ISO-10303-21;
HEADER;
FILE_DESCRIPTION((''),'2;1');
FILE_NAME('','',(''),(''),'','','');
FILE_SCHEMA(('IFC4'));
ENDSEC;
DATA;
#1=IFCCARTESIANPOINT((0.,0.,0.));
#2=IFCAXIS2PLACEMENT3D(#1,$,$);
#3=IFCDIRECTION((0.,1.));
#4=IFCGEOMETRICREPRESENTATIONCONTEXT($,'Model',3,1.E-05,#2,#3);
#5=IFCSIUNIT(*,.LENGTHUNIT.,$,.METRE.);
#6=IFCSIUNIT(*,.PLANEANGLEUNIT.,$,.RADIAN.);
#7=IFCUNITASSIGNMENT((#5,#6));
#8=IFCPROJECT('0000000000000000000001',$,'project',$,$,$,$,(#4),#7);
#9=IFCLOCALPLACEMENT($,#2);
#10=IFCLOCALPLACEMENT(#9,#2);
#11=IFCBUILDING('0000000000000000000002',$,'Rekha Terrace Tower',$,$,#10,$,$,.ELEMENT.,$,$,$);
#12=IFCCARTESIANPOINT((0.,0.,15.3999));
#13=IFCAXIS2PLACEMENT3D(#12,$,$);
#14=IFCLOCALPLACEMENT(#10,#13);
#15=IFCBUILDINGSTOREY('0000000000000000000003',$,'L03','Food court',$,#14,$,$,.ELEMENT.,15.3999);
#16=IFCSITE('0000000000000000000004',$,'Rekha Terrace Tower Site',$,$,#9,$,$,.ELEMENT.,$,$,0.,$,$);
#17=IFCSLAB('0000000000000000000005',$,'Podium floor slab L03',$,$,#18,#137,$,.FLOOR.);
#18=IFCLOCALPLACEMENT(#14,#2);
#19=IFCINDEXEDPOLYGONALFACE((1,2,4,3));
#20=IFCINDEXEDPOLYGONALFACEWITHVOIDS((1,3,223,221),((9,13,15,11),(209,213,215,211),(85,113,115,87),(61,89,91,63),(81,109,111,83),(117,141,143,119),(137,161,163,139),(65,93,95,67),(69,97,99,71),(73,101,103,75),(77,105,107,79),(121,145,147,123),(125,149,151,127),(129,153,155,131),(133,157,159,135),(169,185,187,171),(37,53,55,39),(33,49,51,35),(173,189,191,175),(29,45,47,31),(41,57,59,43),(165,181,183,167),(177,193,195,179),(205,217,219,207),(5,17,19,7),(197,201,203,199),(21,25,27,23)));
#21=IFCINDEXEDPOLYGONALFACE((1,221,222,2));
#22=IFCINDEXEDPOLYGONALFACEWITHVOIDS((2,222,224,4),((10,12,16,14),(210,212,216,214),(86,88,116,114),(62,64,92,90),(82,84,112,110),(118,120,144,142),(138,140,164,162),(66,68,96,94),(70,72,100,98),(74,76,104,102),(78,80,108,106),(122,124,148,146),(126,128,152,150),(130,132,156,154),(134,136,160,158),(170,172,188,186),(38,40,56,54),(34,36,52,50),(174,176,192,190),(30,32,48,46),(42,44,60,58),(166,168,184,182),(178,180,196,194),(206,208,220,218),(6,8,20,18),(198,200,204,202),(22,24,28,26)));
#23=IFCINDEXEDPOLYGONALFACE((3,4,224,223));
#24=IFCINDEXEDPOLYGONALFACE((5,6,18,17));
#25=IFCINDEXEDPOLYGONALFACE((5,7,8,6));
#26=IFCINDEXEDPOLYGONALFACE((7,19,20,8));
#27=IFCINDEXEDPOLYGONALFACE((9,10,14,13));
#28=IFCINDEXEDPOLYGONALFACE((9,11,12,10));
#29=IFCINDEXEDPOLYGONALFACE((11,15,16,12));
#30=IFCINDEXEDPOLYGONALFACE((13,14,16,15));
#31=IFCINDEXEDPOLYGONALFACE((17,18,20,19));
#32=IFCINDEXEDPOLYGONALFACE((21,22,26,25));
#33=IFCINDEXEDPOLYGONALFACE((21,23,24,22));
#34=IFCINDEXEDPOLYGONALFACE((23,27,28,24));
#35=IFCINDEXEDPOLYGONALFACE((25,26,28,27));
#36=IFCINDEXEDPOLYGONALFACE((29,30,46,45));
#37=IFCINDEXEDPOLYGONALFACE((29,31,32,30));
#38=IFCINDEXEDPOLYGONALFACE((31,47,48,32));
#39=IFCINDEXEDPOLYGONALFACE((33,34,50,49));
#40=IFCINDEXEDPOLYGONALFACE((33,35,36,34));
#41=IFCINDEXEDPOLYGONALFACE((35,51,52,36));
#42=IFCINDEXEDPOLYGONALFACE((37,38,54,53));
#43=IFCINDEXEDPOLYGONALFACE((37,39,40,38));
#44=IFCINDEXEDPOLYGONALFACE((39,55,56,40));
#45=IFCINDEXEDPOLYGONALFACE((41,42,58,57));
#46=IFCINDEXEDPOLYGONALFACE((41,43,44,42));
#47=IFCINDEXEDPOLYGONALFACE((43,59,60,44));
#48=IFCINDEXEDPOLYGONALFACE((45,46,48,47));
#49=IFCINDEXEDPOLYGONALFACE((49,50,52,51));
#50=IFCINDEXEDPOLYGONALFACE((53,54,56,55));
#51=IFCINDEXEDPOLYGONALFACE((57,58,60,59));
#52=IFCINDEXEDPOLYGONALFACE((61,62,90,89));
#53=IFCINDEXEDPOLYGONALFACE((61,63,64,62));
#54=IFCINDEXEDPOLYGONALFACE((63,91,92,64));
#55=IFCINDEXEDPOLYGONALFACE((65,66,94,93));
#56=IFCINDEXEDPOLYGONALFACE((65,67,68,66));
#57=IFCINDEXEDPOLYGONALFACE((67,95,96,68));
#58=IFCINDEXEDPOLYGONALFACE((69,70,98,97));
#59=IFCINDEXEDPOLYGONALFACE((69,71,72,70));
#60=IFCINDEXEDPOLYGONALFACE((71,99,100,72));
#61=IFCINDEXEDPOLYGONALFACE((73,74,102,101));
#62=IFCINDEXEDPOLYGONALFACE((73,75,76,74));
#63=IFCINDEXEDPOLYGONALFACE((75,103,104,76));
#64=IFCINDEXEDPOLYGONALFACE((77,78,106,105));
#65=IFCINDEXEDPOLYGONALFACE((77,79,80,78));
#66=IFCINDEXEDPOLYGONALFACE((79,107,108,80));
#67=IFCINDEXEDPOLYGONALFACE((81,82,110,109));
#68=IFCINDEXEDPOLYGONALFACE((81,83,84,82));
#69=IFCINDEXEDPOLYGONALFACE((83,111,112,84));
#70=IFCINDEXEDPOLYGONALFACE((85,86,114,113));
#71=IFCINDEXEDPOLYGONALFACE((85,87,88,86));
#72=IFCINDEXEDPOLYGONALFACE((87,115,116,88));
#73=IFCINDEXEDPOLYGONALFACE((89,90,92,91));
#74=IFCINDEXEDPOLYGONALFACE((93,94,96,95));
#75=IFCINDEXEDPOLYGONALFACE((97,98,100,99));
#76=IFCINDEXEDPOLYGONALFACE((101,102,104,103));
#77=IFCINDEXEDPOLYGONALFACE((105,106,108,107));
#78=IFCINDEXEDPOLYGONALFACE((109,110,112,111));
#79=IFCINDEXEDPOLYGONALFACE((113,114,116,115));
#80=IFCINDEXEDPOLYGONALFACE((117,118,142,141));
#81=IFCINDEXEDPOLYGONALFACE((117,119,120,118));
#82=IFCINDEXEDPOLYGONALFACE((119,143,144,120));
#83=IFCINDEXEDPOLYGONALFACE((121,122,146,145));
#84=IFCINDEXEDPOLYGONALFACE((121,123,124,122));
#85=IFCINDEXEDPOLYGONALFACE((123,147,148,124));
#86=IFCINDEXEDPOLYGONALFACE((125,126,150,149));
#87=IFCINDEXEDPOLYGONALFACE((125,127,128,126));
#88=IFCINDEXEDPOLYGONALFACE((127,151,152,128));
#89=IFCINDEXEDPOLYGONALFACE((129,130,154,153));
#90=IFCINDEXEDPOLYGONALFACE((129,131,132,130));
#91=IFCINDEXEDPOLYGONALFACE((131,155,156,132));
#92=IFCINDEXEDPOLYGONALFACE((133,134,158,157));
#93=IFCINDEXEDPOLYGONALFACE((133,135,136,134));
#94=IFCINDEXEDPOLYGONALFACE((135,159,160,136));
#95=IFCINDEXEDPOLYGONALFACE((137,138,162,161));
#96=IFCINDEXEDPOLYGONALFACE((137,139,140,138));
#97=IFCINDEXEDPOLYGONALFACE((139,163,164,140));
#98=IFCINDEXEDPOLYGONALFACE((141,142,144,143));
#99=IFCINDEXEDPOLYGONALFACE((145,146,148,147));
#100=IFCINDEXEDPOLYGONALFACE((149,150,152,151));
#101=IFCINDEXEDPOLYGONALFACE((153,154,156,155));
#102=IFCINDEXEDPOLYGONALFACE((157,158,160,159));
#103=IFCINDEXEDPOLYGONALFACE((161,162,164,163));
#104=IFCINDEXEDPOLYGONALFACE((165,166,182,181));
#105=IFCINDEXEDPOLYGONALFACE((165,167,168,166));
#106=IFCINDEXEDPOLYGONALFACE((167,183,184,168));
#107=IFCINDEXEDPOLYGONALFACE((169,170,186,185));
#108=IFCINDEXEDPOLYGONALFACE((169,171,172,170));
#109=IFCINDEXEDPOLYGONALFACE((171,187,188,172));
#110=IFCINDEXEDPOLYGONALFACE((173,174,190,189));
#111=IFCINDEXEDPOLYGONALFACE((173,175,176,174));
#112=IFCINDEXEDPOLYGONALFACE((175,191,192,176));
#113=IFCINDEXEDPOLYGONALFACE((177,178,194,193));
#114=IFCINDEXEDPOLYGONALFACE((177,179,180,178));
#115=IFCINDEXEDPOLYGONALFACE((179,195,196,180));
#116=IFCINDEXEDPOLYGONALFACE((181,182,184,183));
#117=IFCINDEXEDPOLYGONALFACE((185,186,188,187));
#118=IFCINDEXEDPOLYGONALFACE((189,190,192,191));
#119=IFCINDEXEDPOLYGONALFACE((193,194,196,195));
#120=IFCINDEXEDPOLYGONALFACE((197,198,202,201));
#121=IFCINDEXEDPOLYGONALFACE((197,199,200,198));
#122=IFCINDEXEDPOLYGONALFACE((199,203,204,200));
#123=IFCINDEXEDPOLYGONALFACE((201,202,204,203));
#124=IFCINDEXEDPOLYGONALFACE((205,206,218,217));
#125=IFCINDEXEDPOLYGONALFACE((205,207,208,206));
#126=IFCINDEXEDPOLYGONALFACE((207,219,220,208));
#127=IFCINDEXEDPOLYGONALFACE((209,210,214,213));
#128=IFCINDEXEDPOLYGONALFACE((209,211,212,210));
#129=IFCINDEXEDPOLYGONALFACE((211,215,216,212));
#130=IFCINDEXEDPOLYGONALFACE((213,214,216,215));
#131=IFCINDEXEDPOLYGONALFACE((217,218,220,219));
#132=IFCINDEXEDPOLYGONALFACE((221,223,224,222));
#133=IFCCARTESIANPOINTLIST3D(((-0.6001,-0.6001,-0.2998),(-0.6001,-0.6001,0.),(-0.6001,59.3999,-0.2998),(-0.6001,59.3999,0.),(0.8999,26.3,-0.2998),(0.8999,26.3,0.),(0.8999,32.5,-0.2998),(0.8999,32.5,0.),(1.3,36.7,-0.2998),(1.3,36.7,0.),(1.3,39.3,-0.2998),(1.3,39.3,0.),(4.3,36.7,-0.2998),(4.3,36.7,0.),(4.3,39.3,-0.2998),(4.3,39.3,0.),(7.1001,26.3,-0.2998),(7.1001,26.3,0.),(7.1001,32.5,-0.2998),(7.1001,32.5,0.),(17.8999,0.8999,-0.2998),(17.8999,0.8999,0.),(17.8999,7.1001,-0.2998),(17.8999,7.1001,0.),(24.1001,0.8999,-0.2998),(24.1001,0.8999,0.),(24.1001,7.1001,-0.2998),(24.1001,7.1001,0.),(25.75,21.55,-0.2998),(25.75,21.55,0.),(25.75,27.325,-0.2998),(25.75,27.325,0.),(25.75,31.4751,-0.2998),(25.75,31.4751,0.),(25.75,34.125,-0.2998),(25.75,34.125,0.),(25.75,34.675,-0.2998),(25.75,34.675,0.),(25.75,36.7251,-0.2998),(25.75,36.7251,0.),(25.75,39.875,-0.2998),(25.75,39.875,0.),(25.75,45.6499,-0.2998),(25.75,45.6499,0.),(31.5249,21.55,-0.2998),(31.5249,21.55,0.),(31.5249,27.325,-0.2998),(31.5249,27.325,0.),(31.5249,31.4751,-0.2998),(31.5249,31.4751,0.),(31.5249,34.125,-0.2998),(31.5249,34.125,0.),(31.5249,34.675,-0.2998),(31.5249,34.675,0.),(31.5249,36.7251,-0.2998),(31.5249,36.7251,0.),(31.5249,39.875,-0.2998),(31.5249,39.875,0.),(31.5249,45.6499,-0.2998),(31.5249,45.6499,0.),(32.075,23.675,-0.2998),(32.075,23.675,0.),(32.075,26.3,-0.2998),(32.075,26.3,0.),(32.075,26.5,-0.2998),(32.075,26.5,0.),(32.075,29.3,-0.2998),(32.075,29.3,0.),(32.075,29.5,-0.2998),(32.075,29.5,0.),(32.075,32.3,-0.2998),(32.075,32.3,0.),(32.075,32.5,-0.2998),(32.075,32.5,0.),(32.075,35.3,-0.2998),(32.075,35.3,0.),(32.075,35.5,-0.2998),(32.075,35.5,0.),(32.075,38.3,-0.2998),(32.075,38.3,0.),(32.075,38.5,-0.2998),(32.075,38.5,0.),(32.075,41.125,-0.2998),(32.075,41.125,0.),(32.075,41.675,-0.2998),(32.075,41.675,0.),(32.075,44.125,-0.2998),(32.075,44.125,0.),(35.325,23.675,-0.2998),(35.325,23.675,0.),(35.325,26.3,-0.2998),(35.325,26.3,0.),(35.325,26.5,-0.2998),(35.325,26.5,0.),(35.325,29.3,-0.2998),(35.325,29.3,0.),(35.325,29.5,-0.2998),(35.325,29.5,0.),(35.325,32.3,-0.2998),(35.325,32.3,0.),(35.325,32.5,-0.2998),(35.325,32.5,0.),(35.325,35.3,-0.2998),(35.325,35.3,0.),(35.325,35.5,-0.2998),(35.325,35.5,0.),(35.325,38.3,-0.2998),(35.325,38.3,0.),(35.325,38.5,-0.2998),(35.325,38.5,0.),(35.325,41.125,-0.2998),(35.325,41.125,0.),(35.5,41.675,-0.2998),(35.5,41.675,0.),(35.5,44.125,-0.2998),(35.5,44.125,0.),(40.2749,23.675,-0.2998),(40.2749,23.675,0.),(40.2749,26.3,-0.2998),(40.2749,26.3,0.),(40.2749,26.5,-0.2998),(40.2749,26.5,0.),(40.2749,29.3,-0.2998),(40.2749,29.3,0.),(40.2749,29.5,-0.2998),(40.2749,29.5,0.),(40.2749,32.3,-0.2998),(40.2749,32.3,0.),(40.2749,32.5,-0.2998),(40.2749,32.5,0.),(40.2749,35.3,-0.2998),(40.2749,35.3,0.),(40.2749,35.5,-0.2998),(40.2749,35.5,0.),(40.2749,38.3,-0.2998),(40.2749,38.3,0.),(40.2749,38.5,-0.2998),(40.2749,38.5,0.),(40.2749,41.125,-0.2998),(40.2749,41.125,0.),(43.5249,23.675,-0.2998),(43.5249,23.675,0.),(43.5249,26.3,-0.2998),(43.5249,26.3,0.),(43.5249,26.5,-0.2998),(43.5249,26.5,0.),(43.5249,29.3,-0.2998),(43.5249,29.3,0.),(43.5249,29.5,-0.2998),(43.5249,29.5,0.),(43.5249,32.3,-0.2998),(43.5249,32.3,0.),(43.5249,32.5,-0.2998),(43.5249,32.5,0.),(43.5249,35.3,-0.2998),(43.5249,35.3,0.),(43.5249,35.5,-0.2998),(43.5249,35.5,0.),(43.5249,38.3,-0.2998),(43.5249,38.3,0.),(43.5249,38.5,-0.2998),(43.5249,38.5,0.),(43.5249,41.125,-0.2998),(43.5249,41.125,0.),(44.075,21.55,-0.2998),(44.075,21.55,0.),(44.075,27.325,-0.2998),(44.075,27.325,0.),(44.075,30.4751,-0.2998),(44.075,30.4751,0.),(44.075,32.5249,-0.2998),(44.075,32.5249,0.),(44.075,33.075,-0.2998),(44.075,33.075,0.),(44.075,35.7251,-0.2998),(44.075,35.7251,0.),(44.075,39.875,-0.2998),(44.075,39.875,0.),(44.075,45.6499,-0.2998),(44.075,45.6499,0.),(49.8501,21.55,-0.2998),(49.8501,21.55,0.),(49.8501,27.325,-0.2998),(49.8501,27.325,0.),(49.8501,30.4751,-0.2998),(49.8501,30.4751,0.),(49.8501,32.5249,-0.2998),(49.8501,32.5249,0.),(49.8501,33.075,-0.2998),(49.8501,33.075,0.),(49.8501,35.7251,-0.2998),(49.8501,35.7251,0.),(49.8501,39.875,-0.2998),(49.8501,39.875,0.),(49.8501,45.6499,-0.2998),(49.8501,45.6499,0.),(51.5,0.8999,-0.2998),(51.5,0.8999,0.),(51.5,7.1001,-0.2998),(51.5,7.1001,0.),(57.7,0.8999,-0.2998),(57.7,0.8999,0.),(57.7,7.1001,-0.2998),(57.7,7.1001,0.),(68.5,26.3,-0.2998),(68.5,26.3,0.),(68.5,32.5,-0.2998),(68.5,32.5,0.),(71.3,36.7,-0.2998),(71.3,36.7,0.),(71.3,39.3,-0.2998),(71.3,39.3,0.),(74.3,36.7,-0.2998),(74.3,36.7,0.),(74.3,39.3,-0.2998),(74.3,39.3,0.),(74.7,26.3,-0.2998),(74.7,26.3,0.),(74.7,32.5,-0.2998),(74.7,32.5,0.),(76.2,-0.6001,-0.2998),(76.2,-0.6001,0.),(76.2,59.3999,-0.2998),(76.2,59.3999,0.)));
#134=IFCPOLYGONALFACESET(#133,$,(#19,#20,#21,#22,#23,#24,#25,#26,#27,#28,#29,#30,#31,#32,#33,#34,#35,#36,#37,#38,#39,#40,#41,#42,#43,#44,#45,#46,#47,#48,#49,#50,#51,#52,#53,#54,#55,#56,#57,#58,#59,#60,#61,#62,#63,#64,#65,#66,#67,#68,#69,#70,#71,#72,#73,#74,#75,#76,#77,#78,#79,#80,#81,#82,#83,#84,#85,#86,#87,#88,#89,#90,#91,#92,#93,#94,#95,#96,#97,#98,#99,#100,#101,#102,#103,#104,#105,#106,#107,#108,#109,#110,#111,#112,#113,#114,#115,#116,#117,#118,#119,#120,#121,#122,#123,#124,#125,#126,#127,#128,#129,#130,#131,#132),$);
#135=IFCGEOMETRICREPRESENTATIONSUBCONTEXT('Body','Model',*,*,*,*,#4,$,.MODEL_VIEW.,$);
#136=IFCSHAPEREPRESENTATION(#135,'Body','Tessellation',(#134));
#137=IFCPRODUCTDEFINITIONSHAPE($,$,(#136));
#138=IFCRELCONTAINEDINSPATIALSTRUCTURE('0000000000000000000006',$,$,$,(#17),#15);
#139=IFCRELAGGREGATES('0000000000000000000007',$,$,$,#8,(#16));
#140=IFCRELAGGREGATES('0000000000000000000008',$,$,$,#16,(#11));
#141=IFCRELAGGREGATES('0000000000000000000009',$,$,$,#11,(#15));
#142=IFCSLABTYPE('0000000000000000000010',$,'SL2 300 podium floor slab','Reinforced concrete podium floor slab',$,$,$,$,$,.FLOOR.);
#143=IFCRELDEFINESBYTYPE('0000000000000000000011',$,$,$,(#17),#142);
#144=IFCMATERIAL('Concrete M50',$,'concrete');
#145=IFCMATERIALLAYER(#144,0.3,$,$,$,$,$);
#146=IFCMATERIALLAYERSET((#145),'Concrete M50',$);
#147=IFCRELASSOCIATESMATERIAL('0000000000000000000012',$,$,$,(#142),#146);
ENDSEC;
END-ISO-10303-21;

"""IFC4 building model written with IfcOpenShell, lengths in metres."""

from ifc_helpers import new_model, si_unit, direction, frame, origin, place, context, subcontext, project, spatial, polyline, outline, extrude, material, layer, layer_set, type_object, element, save


model = new_model("IFC4")

# Units and contexts
model_context = context("Model", 3, precision=1e-05, world=origin(), true_north=direction((0.0, 1.0)))
body_context = subcontext(model_context, "Body", "Model", "MODEL_VIEW")
ifc_project = project(units=[si_unit("LENGTHUNIT", "METRE"), si_unit("PLANEANGLEUNIT", "RADIAN")], contexts=[model_context])

# Site, building, storey
site_placement = place(None, origin())
site = spatial("IfcSite", under=ifc_project, at=site_placement, Name="Rekha Terrace Tower Site", CompositionType="ELEMENT", RefElevation=0.0)
building_placement = place(site_placement, origin())
building = spatial("IfcBuilding", under=site, at=building_placement, Name="Rekha Terrace Tower", CompositionType="ELEMENT")
storey_placement = place(building_placement, frame((0.0, 0.0, 15.3999)))
storey = spatial("IfcBuildingStorey", under=building, at=storey_placement, Name="L03", Description="Food court", CompositionType="ELEMENT", Elevation=15.3999)

# Slab
ifc_material_1 = material(Name="Concrete M50", Category="concrete")
ifc_layer_1 = layer(ifc_material_1, 0.3)
ifc_layer_set_1 = layer_set([ifc_layer_1], Name="Concrete M50")
slab_type_1 = type_object("IfcSlabType", Name="SL2 300 podium floor slab", Description="Reinforced concrete podium floor slab", PredefinedType="FLOOR", material=ifc_layer_set_1)
slab_1_placement = place(storey_placement, frame((0.0, 0.0, -0.2998)))
element("IfcSlab", 1, at=slab_1_placement, inside=storey, type_object=slab_type_1, Name="Podium floor slab L03", PredefinedType="FLOOR", context=body_context, shape_type="SweptSolid", body=[
    extrude(outline(polyline([(-0.6001, 59.3999), (-0.6001, -0.6001), (76.2, -0.6001), (76.2, 59.3999), (-0.6001, 59.3999)]), holes=[polyline([(24.1001, 7.1001), (24.1001, 0.8999), (17.8999, 0.8999), (17.8999, 7.1001), (24.1001, 7.1001)]), polyline([(31.5249, 21.55), (25.75, 21.55), (25.75, 27.325), (31.5249, 27.325), (31.5249, 21.55)]), polyline([(35.325, 23.675), (32.075, 23.675), (32.075, 26.3), (35.325, 26.3), (35.325, 23.675)]), polyline([(35.325, 29.3), (35.325, 26.5), (32.075, 26.5), (32.075, 29.3), (35.325, 29.3)]), polyline([(7.1001, 26.3), (0.8999, 26.3), (0.8999, 32.5), (7.1001, 32.5), (7.1001, 26.3)]), polyline([(35.325, 29.5), (32.075, 29.5), (32.075, 32.3), (35.325, 32.3), (35.325, 29.5)]), polyline([(31.5249, 34.125), (31.5249, 31.4751), (25.75, 31.4751), (25.75, 34.125), (31.5249, 34.125)]), polyline([(35.325, 32.5), (32.075, 32.5), (32.075, 35.3), (35.325, 35.3), (35.325, 32.5)]), polyline([(31.5249, 34.675), (25.75, 34.675), (25.75, 36.7251), (31.5249, 36.7251), (31.5249, 34.675)]), polyline([(35.325, 35.5), (32.075, 35.5), (32.075, 38.3), (35.325, 38.3), (35.325, 35.5)]), polyline([(4.3, 36.7), (1.3, 36.7), (1.3, 39.3), (4.3, 39.3), (4.3, 36.7)]), polyline([(35.325, 38.5), (32.075, 38.5), (32.075, 41.125), (35.325, 41.125), (35.325, 38.5)]), polyline([(31.5249, 39.875), (25.75, 39.875), (25.75, 45.6499), (31.5249, 45.6499), (31.5249, 39.875)]), polyline([(35.5, 44.125), (35.5, 41.675), (32.075, 41.675), (32.075, 44.125), (35.5, 44.125)]), polyline([(57.7, 0.8999), (51.5, 0.8999), (51.5, 7.1001), (57.7, 7.1001), (57.7, 0.8999)]), polyline([(49.8501, 21.55), (44.075, 21.55), (44.075, 27.325), (49.8501, 27.325), (49.8501, 21.55)]), polyline([(43.5249, 23.675), (40.2749, 23.675), (40.2749, 26.3), (43.5249, 26.3), (43.5249, 23.675)]), polyline([(43.5249, 26.5), (40.2749, 26.5), (40.2749, 29.3), (43.5249, 29.3), (43.5249, 26.5)]), polyline([(74.7, 26.3), (68.5, 26.3), (68.5, 32.5), (74.7, 32.5), (74.7, 26.3)]), polyline([(43.5249, 29.5), (40.2749, 29.5), (40.2749, 32.3), (43.5249, 32.3), (43.5249, 29.5)]), polyline([(49.8501, 32.5249), (49.8501, 30.4751), (44.075, 30.4751), (44.075, 32.5249), (49.8501, 32.5249)]), polyline([(43.5249, 32.5), (40.2749, 32.5), (40.2749, 35.3), (43.5249, 35.3), (43.5249, 32.5)]), polyline([(49.8501, 33.075), (44.075, 33.075), (44.075, 35.7251), (49.8501, 35.7251), (49.8501, 33.075)]), polyline([(43.5249, 35.5), (40.2749, 35.5), (40.2749, 38.3), (43.5249, 38.3), (43.5249, 35.5)]), polyline([(74.3, 36.7), (71.3, 36.7), (71.3, 39.3), (74.3, 39.3), (74.3, 36.7)]), polyline([(43.5249, 38.5), (40.2749, 38.5), (40.2749, 41.125), (43.5249, 41.125), (43.5249, 38.5)]), polyline([(49.8501, 39.875), (44.075, 39.875), (44.075, 45.6499), (49.8501, 45.6499), (49.8501, 39.875)])]), origin(), (0.0, 0.0, 1.0), 0.2998),
])

save(model, "model.ifc")
